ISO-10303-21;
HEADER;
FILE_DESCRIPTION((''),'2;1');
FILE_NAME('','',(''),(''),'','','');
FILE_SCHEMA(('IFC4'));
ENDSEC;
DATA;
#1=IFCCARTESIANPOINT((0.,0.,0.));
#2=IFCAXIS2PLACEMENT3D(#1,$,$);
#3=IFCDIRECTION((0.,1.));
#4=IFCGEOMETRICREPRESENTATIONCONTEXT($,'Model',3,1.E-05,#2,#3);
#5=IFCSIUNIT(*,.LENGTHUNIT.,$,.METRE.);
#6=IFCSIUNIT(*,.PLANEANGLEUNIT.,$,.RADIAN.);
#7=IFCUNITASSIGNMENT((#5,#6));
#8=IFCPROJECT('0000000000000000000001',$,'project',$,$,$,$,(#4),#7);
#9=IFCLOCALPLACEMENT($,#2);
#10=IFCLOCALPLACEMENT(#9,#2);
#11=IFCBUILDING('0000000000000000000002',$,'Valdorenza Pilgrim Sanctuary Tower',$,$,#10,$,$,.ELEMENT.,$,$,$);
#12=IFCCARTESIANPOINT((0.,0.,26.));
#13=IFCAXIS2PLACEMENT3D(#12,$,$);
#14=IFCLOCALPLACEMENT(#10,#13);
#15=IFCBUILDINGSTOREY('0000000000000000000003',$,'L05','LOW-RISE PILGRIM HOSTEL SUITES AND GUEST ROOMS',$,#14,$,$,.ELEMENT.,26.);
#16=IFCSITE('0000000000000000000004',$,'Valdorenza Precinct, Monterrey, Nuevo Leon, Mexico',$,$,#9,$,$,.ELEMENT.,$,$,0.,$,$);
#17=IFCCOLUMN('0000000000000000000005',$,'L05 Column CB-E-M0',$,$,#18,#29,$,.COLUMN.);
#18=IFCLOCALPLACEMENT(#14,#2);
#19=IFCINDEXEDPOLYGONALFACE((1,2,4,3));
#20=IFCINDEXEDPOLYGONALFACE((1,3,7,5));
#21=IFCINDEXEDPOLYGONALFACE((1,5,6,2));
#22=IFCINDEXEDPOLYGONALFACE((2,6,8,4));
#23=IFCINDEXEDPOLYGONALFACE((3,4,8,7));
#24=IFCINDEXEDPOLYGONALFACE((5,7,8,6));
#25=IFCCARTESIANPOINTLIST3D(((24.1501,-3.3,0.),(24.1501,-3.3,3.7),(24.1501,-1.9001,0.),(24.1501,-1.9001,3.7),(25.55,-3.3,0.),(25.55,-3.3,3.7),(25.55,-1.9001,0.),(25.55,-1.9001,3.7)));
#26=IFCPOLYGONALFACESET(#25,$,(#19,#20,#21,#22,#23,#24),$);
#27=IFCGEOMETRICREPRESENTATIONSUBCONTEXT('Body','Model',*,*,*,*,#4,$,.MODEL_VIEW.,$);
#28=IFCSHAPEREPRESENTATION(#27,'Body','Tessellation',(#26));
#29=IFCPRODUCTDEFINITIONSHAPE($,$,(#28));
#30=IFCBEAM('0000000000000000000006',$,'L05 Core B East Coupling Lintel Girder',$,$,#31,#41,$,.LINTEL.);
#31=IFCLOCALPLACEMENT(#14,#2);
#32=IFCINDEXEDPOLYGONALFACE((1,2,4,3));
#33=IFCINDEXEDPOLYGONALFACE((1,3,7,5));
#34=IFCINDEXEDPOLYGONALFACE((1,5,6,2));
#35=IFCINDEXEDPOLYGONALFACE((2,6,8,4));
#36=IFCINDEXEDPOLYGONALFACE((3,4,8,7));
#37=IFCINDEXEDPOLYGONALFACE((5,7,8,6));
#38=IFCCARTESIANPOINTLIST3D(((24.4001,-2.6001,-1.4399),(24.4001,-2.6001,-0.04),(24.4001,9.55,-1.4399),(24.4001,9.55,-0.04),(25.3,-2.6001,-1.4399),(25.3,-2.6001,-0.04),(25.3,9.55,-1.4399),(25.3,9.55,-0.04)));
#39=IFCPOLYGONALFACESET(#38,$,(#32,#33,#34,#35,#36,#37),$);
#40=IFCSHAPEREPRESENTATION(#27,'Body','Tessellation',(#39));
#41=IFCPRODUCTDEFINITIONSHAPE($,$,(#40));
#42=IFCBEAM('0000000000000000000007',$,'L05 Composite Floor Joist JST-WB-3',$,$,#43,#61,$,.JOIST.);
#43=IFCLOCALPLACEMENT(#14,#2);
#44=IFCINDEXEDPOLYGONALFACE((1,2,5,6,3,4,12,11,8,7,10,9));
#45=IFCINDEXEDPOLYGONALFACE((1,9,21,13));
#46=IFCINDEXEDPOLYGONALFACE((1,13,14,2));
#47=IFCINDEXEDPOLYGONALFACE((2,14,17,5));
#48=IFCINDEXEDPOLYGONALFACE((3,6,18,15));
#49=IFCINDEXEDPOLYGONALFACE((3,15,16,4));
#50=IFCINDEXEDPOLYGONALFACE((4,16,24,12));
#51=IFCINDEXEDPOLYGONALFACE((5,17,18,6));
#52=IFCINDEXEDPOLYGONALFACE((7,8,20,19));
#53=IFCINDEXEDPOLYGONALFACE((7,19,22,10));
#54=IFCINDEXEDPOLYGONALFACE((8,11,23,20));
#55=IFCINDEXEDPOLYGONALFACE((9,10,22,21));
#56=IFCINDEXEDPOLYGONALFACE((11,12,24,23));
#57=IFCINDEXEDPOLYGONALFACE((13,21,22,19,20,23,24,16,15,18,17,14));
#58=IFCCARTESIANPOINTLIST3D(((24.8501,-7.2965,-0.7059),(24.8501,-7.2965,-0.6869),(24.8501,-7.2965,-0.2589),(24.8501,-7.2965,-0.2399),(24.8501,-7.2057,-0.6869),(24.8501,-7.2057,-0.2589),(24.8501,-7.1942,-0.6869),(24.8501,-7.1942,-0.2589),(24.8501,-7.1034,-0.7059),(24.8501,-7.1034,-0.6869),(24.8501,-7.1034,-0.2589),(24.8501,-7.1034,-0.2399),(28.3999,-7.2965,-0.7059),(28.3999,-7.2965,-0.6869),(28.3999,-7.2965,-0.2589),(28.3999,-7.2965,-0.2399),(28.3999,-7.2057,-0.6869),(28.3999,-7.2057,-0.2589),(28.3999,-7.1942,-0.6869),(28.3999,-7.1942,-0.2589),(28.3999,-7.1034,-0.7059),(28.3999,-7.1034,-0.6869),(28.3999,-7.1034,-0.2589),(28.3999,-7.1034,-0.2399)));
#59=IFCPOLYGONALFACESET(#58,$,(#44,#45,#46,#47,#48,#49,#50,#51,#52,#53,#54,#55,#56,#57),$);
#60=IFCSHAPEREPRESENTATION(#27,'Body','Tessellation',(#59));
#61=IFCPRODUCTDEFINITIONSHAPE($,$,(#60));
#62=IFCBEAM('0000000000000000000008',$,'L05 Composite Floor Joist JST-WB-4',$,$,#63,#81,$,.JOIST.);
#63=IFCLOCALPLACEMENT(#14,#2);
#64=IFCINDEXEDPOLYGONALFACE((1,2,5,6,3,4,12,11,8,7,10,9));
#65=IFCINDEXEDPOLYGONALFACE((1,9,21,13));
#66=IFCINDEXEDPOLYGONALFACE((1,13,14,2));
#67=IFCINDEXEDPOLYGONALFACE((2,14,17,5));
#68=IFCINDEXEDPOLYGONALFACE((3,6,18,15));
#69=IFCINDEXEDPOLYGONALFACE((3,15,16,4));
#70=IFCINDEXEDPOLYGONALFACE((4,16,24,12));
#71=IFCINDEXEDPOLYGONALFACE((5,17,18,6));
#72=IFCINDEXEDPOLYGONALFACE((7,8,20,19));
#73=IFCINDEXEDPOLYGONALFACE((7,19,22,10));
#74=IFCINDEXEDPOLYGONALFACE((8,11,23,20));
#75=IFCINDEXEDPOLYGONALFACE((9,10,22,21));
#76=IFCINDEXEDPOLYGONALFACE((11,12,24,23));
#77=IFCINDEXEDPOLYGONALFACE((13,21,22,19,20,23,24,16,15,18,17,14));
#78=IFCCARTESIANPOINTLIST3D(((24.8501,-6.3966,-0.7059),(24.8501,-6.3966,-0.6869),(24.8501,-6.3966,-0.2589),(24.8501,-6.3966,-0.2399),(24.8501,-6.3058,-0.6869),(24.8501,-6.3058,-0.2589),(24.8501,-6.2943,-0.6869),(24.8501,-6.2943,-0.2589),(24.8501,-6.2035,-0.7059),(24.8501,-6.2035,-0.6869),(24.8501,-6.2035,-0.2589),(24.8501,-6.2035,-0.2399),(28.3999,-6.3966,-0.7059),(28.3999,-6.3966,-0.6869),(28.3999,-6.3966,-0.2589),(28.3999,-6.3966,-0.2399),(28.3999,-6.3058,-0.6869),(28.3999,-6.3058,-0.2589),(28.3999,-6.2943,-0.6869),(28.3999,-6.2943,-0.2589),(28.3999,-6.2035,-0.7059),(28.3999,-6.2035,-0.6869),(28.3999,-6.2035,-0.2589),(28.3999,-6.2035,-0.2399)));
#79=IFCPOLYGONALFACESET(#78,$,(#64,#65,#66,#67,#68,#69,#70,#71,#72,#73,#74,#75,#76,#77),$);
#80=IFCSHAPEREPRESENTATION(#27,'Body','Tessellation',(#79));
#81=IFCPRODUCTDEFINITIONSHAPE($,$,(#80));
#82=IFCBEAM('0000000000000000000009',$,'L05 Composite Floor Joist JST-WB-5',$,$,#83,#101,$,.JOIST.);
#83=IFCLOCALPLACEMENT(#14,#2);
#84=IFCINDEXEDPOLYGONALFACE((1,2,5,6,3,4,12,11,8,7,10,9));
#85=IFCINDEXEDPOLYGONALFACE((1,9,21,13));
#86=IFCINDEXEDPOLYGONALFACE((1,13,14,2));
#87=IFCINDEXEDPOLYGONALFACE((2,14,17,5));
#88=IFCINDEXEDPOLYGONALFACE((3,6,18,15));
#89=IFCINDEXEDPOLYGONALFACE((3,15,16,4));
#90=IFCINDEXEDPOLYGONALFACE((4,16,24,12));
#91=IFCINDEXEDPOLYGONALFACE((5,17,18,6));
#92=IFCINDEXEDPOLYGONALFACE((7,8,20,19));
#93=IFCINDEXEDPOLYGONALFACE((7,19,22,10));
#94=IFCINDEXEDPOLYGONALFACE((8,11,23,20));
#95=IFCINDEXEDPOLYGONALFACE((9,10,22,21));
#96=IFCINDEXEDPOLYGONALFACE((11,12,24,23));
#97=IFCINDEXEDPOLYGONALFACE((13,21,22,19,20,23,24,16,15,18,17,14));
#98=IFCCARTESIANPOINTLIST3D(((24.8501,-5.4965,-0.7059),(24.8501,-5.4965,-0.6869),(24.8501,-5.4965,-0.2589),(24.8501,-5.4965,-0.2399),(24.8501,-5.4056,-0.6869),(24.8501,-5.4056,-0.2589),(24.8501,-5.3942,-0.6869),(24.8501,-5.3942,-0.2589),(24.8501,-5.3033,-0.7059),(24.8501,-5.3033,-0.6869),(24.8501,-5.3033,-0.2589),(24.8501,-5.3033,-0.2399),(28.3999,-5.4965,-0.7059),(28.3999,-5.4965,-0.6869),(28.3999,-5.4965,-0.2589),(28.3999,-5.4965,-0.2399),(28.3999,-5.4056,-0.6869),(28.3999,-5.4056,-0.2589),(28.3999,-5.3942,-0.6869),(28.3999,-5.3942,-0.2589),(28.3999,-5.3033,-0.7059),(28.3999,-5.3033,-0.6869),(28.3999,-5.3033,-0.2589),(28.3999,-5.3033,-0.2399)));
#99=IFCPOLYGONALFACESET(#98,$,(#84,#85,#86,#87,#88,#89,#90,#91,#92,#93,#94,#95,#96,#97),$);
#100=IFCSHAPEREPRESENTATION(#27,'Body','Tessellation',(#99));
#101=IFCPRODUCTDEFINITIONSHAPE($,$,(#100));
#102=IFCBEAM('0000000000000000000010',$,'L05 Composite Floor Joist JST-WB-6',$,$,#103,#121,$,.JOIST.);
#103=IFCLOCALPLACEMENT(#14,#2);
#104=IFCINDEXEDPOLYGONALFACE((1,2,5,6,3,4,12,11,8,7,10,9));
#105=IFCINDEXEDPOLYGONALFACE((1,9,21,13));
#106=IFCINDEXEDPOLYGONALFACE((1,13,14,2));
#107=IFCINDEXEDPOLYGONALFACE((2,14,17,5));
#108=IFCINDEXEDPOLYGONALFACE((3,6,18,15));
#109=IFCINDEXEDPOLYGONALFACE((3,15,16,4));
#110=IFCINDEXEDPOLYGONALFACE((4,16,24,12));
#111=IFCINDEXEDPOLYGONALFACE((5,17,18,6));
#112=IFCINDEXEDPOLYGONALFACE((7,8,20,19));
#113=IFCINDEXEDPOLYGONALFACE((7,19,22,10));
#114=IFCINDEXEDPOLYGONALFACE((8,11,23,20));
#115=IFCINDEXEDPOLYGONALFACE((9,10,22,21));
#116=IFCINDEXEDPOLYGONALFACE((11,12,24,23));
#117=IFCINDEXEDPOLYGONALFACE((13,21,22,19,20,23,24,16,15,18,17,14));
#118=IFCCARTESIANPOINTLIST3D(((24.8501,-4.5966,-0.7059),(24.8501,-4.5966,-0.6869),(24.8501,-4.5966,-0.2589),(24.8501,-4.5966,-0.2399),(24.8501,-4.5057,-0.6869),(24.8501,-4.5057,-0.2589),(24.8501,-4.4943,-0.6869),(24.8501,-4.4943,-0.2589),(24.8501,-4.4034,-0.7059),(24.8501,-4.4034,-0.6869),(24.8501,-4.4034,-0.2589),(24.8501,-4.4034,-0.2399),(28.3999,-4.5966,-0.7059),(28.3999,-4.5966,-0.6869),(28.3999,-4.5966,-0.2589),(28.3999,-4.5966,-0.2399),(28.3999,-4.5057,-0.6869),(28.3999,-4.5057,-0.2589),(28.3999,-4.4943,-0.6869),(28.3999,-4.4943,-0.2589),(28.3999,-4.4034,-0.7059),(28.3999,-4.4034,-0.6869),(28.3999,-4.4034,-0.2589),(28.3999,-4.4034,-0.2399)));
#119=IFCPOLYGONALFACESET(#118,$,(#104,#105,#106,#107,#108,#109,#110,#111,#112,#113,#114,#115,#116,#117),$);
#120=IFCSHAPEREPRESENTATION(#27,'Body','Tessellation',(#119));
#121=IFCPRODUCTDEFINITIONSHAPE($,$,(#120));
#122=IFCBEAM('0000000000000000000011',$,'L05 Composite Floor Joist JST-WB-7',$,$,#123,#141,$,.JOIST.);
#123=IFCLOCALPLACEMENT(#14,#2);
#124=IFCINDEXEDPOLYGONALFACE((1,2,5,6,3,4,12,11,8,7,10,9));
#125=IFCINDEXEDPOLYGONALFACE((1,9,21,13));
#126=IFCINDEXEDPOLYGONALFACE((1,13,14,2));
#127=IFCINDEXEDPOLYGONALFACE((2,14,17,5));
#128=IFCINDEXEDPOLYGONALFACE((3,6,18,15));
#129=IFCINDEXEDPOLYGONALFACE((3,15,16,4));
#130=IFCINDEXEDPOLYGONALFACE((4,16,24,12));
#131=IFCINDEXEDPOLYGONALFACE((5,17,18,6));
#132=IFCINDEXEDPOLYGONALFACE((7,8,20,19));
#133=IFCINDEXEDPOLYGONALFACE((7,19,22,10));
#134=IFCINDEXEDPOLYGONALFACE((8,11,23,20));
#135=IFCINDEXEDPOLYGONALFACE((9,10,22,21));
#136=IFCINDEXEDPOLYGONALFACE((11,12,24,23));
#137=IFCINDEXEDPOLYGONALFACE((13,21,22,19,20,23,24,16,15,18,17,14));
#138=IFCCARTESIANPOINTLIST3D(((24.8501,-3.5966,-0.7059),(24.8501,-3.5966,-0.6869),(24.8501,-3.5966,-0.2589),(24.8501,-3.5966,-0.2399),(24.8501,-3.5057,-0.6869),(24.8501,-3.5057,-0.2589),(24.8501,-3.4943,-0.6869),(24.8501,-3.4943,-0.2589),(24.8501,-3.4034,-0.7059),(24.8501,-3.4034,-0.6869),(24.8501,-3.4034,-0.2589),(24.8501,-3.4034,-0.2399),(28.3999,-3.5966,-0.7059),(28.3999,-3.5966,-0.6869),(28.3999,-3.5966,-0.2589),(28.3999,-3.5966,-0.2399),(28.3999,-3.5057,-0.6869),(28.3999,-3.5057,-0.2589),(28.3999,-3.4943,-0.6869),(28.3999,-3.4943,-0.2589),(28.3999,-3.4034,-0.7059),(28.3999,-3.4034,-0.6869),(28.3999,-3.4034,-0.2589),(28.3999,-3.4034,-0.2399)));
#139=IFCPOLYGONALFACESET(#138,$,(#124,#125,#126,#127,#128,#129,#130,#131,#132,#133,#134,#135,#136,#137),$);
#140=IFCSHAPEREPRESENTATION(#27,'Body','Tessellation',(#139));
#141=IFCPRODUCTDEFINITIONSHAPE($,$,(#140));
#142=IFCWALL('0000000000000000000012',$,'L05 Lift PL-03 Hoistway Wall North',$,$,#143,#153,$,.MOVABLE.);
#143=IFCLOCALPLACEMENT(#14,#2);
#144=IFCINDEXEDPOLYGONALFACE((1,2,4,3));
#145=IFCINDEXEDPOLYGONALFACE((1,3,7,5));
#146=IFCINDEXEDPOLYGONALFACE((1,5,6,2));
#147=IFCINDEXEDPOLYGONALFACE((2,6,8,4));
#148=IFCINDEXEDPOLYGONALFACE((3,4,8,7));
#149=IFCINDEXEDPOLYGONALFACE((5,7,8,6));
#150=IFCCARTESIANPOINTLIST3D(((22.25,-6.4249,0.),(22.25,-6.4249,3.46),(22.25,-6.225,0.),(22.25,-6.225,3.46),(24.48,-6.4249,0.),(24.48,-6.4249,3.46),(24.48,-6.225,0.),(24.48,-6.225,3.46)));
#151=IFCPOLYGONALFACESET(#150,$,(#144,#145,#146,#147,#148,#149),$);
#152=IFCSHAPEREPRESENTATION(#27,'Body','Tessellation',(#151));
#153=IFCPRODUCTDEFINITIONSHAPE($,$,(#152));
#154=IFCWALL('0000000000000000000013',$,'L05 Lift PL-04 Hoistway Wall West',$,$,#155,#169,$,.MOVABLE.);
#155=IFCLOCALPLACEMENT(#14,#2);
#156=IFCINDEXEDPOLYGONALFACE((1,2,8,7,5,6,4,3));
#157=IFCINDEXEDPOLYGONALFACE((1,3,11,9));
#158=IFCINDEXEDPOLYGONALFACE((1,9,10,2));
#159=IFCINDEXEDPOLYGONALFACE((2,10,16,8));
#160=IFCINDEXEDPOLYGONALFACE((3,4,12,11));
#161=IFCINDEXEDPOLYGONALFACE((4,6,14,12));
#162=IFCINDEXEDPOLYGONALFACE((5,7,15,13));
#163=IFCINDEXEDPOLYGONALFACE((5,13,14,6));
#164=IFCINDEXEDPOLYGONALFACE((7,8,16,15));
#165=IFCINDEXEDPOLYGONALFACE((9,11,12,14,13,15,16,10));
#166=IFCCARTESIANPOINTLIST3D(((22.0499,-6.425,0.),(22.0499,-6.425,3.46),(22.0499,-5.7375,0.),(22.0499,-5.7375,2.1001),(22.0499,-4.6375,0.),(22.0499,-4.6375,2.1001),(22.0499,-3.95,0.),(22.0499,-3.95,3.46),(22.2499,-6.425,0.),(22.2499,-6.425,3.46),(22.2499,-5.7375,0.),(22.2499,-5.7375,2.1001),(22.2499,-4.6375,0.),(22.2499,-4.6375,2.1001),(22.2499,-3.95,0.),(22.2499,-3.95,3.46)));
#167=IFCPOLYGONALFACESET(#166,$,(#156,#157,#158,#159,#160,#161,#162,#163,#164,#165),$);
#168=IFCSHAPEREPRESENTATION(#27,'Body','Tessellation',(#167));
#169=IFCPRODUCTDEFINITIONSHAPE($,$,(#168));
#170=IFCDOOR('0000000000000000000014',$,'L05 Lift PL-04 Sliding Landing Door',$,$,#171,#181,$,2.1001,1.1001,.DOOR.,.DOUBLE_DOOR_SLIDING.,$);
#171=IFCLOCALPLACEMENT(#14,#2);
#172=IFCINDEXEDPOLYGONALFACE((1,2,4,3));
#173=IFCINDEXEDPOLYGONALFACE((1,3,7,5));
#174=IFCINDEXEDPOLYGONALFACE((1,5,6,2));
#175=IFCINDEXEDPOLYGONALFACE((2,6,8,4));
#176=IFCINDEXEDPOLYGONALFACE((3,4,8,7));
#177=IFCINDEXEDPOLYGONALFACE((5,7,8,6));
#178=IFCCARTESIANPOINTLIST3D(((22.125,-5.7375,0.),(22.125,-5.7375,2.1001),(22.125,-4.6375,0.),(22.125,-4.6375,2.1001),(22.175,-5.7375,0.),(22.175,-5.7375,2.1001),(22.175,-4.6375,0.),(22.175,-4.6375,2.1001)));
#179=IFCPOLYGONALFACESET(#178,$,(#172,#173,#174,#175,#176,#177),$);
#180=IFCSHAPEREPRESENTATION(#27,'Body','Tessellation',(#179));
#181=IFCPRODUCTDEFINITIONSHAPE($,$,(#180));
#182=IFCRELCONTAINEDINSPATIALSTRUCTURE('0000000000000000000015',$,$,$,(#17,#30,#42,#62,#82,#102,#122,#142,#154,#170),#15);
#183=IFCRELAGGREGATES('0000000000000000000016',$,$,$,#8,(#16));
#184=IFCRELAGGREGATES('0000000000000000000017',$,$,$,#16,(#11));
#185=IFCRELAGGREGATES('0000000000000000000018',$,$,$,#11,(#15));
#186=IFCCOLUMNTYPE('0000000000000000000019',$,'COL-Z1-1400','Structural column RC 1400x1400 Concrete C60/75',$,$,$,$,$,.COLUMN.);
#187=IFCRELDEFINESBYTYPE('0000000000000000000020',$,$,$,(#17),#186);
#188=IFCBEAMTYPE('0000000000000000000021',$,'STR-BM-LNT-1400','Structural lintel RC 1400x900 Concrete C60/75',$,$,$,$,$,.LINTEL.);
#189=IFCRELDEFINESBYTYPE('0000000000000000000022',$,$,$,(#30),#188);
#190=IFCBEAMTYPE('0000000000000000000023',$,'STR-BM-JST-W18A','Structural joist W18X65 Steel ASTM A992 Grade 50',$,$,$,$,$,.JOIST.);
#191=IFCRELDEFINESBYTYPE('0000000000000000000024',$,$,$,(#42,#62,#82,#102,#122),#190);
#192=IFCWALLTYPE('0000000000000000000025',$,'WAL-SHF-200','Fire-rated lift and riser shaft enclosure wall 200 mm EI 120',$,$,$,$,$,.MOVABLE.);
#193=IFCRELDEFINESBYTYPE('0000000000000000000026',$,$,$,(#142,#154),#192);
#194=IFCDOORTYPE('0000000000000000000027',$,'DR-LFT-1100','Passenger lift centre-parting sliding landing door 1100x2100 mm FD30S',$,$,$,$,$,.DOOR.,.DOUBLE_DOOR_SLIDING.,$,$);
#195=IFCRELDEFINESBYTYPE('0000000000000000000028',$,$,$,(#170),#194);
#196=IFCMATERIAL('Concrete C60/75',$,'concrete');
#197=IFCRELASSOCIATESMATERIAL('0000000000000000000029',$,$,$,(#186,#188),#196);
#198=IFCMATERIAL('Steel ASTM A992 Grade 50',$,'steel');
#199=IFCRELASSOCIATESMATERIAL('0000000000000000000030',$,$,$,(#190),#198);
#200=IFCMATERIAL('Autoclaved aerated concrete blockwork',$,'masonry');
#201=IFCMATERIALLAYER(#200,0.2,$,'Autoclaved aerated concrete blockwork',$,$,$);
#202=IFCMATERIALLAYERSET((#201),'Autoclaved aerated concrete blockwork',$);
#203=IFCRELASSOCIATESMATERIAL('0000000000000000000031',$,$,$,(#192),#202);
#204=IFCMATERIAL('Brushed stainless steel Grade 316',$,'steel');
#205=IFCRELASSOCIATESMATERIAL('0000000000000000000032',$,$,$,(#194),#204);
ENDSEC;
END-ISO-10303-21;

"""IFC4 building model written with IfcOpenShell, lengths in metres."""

from ifc_helpers import new_model, si_unit, direction, frame, frame_2d, origin, origin_2d, place, context, subcontext, project, spatial, rectangle, i_section, extrude, source, transform, mapped, material, layer, layer_set, material_profile, profile_set, type_object, element, fill, save


model = new_model("IFC4")

# Units and contexts
model_context = context("Model", 3, precision=1e-05, world=origin(), true_north=direction((0.0, 1.0)))
body_context = subcontext(model_context, "Body", "Model", "MODEL_VIEW")
ifc_project = project(units=[si_unit("LENGTHUNIT", "METRE"), si_unit("PLANEANGLEUNIT", "RADIAN")], contexts=[model_context])

# Site, building, storey
site_placement = place(None, origin())
site = spatial("IfcSite", under=ifc_project, at=site_placement, Name="Valdorenza Precinct, Monterrey, Nuevo Leon, Mexico", CompositionType="ELEMENT", RefElevation=0.0)
building_placement = place(site_placement, origin())
building = spatial("IfcBuilding", under=site, at=building_placement, Name="Valdorenza Pilgrim Sanctuary Tower", CompositionType="ELEMENT")
storey_placement = place(building_placement, frame((0.0, 0.0, 26.0)))
storey = spatial("IfcBuildingStorey", under=building, at=storey_placement, Name="L05", Description="LOW-RISE PILGRIM HOSTEL SUITES AND GUEST ROOMS", CompositionType="ELEMENT", Elevation=26.0)

# Column
ifc_material_1 = material(Name="Concrete C60/75", Category="concrete")
ifc_material_profile_1 = material_profile(ifc_material_1, rectangle(XDim=1.3999, YDim=1.3999, at=origin_2d()), Name="RC 1400x1400")
ifc_profile_set_1 = profile_set([ifc_material_profile_1], Name="Concrete C60/75")
column_type = type_object("IfcColumnType", Name="COL-Z1-1400", Description="Structural column RC 1400x1400 Concrete C60/75", PredefinedType="COLUMN", material=ifc_profile_set_1)
shared_shape_1 = source(origin(), body_context, "Body", "SweptSolid", [
    extrude(rectangle(XDim=1.3999, YDim=1.3999, at=origin_2d()), origin(), (0.0, 0.0, 1.0), 3.7),
])
column_placement = place(storey_placement, frame((24.8501, -2.6001, 0.0), z_axis=(0.0, 0.0, 1.0), x_axis=(1.0, 0.0, 0.0)))
element("IfcColumn", 1, at=column_placement, inside=storey, type_object=column_type, Name="L05 Column CB-E-M0", PredefinedType="COLUMN", context=body_context, shape_type="MappedRepresentation", body=[
    mapped(shared_shape_1, transform((0.0, 0.0, 0.0), x_axis=(1.0, 0.0, 0.0), y_axis=(0.0, 1.0, 0.0), z_axis=(0.0, 0.0, 1.0), scale=1.0)),
])

# Beams
ifc_material_profile_2 = material_profile(ifc_material_1, rectangle(XDim=0.8999, YDim=1.3999, at=origin_2d()), Name="RC 1400x900")
ifc_profile_set_2 = profile_set([ifc_material_profile_2], Name="Concrete C60/75")
beam_type_1 = type_object("IfcBeamType", Name="STR-BM-LNT-1400", Description="Structural lintel RC 1400x900 Concrete C60/75", PredefinedType="LINTEL", material=ifc_profile_set_2)
shared_shape_2 = source(origin(), body_context, "Body", "SweptSolid", [
    extrude(rectangle(XDim=0.8999, YDim=1.3999, at=origin_2d()), origin(), (0.0, 0.0, 1.0), 12.1501),
])
beam_placement = place(storey_placement, frame((24.8501, -2.6001, -0.74), z_axis=(0.0, 1.0, 0.0), x_axis=(-1.0, 0.0, 0.0)))
element("IfcBeam", 2, at=beam_placement, inside=storey, type_object=beam_type_1, Name="L05 Core B East Coupling Lintel Girder", PredefinedType="LINTEL", context=body_context, shape_type="MappedRepresentation", body=[
    mapped(shared_shape_2, transform((0.0, 0.0, 0.0), x_axis=(1.0, 0.0, 0.0), y_axis=(0.0, 1.0, 0.0), z_axis=(0.0, 0.0, 1.0), scale=1.0)),
])
ifc_material_2 = material(Name="Steel ASTM A992 Grade 50", Category="steel")
ifc_material_profile_3 = material_profile(ifc_material_2, i_section(OverallWidth=0.1931, OverallDepth=0.4661, WebThickness=0.0115, FlangeThickness=0.019, at=origin_2d()), Name="W18X65")
ifc_profile_set_3 = profile_set([ifc_material_profile_3], Name="Steel ASTM A992 Grade 50")
beam_type_2 = type_object("IfcBeamType", Name="STR-BM-JST-W18A", Description="Structural joist W18X65 Steel ASTM A992 Grade 50", PredefinedType="JOIST", material=ifc_profile_set_3)
shared_shape_3 = source(origin(), body_context, "Body", "SweptSolid", [
    extrude(i_section(OverallWidth=0.1931, OverallDepth=0.4661, WebThickness=0.0115, FlangeThickness=0.019, at=origin_2d()), origin(), (0.0, 0.0, 1.0), 3.5498),
])
for number, where, z_axis, x_axis, name in (
    (3, (24.8501, -7.2, -0.4729), (1.0, 0.0, 0.0), (0.0, 1.0, 0.0), "L05 Composite Floor Joist JST-WB-3"),
    (4, (24.8501, -6.3, -0.4729), (1.0, 0.0, 0.0), (0.0, 1.0, 0.0), "L05 Composite Floor Joist JST-WB-4"),
    (5, (24.8501, -5.3999, -0.4729), (1.0, 0.0, 0.0), (0.0, 1.0, 0.0), "L05 Composite Floor Joist JST-WB-5"),
    (6, (24.8501, -4.5, -0.4729), (1.0, 0.0, 0.0), (0.0, 1.0, 0.0), "L05 Composite Floor Joist JST-WB-6"),
    (7, (24.8501, -3.5, -0.4729), (1.0, 0.0, 0.0), (0.0, 1.0, 0.0), "L05 Composite Floor Joist JST-WB-7"),
):
    element("IfcBeam", number, at=place(storey_placement, frame(where, z_axis=z_axis, x_axis=x_axis)), inside=storey, type_object=beam_type_2, Name=name, PredefinedType="JOIST", context=body_context, shape_type="MappedRepresentation", body=[
        mapped(shared_shape_3, transform((0.0, 0.0, 0.0), x_axis=(1.0, 0.0, 0.0), y_axis=(0.0, 1.0, 0.0), z_axis=(0.0, 0.0, 1.0), scale=1.0)),
    ])

# Wall
ifc_material_3 = material(Name="Autoclaved aerated concrete blockwork", Category="masonry")
ifc_layer_1 = layer(ifc_material_3, 0.2, Name="Autoclaved aerated concrete blockwork")
ifc_layer_set_1 = layer_set([ifc_layer_1], Name="Autoclaved aerated concrete blockwork")
wall_type_1 = type_object("IfcWallType", Name="WAL-SHF-200", Description="Fire-rated lift and riser shaft enclosure wall 200 mm EI 120", PredefinedType="MOVABLE", material=ifc_layer_set_1)
wall_1_placement = place(storey_placement, frame((22.25, -6.325, 0.0), z_axis=(0.0, 0.0, 1.0), x_axis=(1.0, 0.0, 0.0)))
element("IfcWall", 8, at=wall_1_placement, inside=storey, type_object=wall_type_1, Name="L05 Lift PL-03 Hoistway Wall North", PredefinedType="MOVABLE", context=body_context, shape_type="SweptSolid", body=[
    extrude(rectangle(XDim=2.23, YDim=0.2, at=frame_2d((1.115, 0.0))), origin(), (0.0, 0.0, 1.0), 3.46),
])

# Wall, opening, door
wall_2_placement = place(storey_placement, frame((22.1499, -6.425, 0.0), z_axis=(0.0, 0.0, 1.0), x_axis=(0.0, 1.0, 0.0)))
wall_2 = element("IfcWall", 9, at=wall_2_placement, inside=storey, type_object=wall_type_1, Name="L05 Lift PL-04 Hoistway Wall West", PredefinedType="MOVABLE", context=body_context, shape_type="SweptSolid", body=[
    extrude(rectangle(XDim=2.4751, YDim=0.2, at=frame_2d((1.2375, 0.0))), origin(), (0.0, 0.0, 1.0), 3.46),
])
opening_1_placement = place(wall_2_placement, frame((0.6875, 0.0, 0.0)))
opening_1 = element("IfcOpeningElement", 10, at=opening_1_placement, cuts=wall_2, PredefinedType="OPENING", context=body_context, shape_type="SweptSolid", body=[
    extrude(rectangle(XDim=1.1001, YDim=2.1001, at=frame_2d((0.55, 1.05))), frame((0.0, 0.1147, 0.0), z_axis=(0.0, -1.0, 0.0), x_axis=(1.0, 0.0, 0.0)), (0.0, 0.0, 1.0), 0.2297),
])
ifc_material_4 = material(Name="Brushed stainless steel Grade 316", Category="steel")
door_type_1 = type_object("IfcDoorType", Name="DR-LFT-1100", Description="Passenger lift centre-parting sliding landing door 1100x2100 mm FD30S", OperationType="DOUBLE_DOOR_SLIDING", PredefinedType="DOOR", material=ifc_material_4)
door_1_placement = place(opening_1_placement, origin())
door_1 = element("IfcDoor", 11, at=door_1_placement, inside=storey, type_object=door_type_1, Name="L05 Lift PL-04 Sliding Landing Door", OperationType="DOUBLE_DOOR_SLIDING", OverallHeight=2.1001, OverallWidth=1.1001, PredefinedType="DOOR", context=body_context, shape_type="SweptSolid", body=[
    extrude(rectangle(XDim=1.1001, YDim=2.1001, at=frame_2d((0.55, 1.05))), frame((0.0, 0.0249, 0.0), z_axis=(0.0, -1.0, 0.0), x_axis=(1.0, 0.0, 0.0)), (0.0, 0.0, 1.0), 0.05),
])
fill(opening_1, door_1)

save(model, "model.ifc")
